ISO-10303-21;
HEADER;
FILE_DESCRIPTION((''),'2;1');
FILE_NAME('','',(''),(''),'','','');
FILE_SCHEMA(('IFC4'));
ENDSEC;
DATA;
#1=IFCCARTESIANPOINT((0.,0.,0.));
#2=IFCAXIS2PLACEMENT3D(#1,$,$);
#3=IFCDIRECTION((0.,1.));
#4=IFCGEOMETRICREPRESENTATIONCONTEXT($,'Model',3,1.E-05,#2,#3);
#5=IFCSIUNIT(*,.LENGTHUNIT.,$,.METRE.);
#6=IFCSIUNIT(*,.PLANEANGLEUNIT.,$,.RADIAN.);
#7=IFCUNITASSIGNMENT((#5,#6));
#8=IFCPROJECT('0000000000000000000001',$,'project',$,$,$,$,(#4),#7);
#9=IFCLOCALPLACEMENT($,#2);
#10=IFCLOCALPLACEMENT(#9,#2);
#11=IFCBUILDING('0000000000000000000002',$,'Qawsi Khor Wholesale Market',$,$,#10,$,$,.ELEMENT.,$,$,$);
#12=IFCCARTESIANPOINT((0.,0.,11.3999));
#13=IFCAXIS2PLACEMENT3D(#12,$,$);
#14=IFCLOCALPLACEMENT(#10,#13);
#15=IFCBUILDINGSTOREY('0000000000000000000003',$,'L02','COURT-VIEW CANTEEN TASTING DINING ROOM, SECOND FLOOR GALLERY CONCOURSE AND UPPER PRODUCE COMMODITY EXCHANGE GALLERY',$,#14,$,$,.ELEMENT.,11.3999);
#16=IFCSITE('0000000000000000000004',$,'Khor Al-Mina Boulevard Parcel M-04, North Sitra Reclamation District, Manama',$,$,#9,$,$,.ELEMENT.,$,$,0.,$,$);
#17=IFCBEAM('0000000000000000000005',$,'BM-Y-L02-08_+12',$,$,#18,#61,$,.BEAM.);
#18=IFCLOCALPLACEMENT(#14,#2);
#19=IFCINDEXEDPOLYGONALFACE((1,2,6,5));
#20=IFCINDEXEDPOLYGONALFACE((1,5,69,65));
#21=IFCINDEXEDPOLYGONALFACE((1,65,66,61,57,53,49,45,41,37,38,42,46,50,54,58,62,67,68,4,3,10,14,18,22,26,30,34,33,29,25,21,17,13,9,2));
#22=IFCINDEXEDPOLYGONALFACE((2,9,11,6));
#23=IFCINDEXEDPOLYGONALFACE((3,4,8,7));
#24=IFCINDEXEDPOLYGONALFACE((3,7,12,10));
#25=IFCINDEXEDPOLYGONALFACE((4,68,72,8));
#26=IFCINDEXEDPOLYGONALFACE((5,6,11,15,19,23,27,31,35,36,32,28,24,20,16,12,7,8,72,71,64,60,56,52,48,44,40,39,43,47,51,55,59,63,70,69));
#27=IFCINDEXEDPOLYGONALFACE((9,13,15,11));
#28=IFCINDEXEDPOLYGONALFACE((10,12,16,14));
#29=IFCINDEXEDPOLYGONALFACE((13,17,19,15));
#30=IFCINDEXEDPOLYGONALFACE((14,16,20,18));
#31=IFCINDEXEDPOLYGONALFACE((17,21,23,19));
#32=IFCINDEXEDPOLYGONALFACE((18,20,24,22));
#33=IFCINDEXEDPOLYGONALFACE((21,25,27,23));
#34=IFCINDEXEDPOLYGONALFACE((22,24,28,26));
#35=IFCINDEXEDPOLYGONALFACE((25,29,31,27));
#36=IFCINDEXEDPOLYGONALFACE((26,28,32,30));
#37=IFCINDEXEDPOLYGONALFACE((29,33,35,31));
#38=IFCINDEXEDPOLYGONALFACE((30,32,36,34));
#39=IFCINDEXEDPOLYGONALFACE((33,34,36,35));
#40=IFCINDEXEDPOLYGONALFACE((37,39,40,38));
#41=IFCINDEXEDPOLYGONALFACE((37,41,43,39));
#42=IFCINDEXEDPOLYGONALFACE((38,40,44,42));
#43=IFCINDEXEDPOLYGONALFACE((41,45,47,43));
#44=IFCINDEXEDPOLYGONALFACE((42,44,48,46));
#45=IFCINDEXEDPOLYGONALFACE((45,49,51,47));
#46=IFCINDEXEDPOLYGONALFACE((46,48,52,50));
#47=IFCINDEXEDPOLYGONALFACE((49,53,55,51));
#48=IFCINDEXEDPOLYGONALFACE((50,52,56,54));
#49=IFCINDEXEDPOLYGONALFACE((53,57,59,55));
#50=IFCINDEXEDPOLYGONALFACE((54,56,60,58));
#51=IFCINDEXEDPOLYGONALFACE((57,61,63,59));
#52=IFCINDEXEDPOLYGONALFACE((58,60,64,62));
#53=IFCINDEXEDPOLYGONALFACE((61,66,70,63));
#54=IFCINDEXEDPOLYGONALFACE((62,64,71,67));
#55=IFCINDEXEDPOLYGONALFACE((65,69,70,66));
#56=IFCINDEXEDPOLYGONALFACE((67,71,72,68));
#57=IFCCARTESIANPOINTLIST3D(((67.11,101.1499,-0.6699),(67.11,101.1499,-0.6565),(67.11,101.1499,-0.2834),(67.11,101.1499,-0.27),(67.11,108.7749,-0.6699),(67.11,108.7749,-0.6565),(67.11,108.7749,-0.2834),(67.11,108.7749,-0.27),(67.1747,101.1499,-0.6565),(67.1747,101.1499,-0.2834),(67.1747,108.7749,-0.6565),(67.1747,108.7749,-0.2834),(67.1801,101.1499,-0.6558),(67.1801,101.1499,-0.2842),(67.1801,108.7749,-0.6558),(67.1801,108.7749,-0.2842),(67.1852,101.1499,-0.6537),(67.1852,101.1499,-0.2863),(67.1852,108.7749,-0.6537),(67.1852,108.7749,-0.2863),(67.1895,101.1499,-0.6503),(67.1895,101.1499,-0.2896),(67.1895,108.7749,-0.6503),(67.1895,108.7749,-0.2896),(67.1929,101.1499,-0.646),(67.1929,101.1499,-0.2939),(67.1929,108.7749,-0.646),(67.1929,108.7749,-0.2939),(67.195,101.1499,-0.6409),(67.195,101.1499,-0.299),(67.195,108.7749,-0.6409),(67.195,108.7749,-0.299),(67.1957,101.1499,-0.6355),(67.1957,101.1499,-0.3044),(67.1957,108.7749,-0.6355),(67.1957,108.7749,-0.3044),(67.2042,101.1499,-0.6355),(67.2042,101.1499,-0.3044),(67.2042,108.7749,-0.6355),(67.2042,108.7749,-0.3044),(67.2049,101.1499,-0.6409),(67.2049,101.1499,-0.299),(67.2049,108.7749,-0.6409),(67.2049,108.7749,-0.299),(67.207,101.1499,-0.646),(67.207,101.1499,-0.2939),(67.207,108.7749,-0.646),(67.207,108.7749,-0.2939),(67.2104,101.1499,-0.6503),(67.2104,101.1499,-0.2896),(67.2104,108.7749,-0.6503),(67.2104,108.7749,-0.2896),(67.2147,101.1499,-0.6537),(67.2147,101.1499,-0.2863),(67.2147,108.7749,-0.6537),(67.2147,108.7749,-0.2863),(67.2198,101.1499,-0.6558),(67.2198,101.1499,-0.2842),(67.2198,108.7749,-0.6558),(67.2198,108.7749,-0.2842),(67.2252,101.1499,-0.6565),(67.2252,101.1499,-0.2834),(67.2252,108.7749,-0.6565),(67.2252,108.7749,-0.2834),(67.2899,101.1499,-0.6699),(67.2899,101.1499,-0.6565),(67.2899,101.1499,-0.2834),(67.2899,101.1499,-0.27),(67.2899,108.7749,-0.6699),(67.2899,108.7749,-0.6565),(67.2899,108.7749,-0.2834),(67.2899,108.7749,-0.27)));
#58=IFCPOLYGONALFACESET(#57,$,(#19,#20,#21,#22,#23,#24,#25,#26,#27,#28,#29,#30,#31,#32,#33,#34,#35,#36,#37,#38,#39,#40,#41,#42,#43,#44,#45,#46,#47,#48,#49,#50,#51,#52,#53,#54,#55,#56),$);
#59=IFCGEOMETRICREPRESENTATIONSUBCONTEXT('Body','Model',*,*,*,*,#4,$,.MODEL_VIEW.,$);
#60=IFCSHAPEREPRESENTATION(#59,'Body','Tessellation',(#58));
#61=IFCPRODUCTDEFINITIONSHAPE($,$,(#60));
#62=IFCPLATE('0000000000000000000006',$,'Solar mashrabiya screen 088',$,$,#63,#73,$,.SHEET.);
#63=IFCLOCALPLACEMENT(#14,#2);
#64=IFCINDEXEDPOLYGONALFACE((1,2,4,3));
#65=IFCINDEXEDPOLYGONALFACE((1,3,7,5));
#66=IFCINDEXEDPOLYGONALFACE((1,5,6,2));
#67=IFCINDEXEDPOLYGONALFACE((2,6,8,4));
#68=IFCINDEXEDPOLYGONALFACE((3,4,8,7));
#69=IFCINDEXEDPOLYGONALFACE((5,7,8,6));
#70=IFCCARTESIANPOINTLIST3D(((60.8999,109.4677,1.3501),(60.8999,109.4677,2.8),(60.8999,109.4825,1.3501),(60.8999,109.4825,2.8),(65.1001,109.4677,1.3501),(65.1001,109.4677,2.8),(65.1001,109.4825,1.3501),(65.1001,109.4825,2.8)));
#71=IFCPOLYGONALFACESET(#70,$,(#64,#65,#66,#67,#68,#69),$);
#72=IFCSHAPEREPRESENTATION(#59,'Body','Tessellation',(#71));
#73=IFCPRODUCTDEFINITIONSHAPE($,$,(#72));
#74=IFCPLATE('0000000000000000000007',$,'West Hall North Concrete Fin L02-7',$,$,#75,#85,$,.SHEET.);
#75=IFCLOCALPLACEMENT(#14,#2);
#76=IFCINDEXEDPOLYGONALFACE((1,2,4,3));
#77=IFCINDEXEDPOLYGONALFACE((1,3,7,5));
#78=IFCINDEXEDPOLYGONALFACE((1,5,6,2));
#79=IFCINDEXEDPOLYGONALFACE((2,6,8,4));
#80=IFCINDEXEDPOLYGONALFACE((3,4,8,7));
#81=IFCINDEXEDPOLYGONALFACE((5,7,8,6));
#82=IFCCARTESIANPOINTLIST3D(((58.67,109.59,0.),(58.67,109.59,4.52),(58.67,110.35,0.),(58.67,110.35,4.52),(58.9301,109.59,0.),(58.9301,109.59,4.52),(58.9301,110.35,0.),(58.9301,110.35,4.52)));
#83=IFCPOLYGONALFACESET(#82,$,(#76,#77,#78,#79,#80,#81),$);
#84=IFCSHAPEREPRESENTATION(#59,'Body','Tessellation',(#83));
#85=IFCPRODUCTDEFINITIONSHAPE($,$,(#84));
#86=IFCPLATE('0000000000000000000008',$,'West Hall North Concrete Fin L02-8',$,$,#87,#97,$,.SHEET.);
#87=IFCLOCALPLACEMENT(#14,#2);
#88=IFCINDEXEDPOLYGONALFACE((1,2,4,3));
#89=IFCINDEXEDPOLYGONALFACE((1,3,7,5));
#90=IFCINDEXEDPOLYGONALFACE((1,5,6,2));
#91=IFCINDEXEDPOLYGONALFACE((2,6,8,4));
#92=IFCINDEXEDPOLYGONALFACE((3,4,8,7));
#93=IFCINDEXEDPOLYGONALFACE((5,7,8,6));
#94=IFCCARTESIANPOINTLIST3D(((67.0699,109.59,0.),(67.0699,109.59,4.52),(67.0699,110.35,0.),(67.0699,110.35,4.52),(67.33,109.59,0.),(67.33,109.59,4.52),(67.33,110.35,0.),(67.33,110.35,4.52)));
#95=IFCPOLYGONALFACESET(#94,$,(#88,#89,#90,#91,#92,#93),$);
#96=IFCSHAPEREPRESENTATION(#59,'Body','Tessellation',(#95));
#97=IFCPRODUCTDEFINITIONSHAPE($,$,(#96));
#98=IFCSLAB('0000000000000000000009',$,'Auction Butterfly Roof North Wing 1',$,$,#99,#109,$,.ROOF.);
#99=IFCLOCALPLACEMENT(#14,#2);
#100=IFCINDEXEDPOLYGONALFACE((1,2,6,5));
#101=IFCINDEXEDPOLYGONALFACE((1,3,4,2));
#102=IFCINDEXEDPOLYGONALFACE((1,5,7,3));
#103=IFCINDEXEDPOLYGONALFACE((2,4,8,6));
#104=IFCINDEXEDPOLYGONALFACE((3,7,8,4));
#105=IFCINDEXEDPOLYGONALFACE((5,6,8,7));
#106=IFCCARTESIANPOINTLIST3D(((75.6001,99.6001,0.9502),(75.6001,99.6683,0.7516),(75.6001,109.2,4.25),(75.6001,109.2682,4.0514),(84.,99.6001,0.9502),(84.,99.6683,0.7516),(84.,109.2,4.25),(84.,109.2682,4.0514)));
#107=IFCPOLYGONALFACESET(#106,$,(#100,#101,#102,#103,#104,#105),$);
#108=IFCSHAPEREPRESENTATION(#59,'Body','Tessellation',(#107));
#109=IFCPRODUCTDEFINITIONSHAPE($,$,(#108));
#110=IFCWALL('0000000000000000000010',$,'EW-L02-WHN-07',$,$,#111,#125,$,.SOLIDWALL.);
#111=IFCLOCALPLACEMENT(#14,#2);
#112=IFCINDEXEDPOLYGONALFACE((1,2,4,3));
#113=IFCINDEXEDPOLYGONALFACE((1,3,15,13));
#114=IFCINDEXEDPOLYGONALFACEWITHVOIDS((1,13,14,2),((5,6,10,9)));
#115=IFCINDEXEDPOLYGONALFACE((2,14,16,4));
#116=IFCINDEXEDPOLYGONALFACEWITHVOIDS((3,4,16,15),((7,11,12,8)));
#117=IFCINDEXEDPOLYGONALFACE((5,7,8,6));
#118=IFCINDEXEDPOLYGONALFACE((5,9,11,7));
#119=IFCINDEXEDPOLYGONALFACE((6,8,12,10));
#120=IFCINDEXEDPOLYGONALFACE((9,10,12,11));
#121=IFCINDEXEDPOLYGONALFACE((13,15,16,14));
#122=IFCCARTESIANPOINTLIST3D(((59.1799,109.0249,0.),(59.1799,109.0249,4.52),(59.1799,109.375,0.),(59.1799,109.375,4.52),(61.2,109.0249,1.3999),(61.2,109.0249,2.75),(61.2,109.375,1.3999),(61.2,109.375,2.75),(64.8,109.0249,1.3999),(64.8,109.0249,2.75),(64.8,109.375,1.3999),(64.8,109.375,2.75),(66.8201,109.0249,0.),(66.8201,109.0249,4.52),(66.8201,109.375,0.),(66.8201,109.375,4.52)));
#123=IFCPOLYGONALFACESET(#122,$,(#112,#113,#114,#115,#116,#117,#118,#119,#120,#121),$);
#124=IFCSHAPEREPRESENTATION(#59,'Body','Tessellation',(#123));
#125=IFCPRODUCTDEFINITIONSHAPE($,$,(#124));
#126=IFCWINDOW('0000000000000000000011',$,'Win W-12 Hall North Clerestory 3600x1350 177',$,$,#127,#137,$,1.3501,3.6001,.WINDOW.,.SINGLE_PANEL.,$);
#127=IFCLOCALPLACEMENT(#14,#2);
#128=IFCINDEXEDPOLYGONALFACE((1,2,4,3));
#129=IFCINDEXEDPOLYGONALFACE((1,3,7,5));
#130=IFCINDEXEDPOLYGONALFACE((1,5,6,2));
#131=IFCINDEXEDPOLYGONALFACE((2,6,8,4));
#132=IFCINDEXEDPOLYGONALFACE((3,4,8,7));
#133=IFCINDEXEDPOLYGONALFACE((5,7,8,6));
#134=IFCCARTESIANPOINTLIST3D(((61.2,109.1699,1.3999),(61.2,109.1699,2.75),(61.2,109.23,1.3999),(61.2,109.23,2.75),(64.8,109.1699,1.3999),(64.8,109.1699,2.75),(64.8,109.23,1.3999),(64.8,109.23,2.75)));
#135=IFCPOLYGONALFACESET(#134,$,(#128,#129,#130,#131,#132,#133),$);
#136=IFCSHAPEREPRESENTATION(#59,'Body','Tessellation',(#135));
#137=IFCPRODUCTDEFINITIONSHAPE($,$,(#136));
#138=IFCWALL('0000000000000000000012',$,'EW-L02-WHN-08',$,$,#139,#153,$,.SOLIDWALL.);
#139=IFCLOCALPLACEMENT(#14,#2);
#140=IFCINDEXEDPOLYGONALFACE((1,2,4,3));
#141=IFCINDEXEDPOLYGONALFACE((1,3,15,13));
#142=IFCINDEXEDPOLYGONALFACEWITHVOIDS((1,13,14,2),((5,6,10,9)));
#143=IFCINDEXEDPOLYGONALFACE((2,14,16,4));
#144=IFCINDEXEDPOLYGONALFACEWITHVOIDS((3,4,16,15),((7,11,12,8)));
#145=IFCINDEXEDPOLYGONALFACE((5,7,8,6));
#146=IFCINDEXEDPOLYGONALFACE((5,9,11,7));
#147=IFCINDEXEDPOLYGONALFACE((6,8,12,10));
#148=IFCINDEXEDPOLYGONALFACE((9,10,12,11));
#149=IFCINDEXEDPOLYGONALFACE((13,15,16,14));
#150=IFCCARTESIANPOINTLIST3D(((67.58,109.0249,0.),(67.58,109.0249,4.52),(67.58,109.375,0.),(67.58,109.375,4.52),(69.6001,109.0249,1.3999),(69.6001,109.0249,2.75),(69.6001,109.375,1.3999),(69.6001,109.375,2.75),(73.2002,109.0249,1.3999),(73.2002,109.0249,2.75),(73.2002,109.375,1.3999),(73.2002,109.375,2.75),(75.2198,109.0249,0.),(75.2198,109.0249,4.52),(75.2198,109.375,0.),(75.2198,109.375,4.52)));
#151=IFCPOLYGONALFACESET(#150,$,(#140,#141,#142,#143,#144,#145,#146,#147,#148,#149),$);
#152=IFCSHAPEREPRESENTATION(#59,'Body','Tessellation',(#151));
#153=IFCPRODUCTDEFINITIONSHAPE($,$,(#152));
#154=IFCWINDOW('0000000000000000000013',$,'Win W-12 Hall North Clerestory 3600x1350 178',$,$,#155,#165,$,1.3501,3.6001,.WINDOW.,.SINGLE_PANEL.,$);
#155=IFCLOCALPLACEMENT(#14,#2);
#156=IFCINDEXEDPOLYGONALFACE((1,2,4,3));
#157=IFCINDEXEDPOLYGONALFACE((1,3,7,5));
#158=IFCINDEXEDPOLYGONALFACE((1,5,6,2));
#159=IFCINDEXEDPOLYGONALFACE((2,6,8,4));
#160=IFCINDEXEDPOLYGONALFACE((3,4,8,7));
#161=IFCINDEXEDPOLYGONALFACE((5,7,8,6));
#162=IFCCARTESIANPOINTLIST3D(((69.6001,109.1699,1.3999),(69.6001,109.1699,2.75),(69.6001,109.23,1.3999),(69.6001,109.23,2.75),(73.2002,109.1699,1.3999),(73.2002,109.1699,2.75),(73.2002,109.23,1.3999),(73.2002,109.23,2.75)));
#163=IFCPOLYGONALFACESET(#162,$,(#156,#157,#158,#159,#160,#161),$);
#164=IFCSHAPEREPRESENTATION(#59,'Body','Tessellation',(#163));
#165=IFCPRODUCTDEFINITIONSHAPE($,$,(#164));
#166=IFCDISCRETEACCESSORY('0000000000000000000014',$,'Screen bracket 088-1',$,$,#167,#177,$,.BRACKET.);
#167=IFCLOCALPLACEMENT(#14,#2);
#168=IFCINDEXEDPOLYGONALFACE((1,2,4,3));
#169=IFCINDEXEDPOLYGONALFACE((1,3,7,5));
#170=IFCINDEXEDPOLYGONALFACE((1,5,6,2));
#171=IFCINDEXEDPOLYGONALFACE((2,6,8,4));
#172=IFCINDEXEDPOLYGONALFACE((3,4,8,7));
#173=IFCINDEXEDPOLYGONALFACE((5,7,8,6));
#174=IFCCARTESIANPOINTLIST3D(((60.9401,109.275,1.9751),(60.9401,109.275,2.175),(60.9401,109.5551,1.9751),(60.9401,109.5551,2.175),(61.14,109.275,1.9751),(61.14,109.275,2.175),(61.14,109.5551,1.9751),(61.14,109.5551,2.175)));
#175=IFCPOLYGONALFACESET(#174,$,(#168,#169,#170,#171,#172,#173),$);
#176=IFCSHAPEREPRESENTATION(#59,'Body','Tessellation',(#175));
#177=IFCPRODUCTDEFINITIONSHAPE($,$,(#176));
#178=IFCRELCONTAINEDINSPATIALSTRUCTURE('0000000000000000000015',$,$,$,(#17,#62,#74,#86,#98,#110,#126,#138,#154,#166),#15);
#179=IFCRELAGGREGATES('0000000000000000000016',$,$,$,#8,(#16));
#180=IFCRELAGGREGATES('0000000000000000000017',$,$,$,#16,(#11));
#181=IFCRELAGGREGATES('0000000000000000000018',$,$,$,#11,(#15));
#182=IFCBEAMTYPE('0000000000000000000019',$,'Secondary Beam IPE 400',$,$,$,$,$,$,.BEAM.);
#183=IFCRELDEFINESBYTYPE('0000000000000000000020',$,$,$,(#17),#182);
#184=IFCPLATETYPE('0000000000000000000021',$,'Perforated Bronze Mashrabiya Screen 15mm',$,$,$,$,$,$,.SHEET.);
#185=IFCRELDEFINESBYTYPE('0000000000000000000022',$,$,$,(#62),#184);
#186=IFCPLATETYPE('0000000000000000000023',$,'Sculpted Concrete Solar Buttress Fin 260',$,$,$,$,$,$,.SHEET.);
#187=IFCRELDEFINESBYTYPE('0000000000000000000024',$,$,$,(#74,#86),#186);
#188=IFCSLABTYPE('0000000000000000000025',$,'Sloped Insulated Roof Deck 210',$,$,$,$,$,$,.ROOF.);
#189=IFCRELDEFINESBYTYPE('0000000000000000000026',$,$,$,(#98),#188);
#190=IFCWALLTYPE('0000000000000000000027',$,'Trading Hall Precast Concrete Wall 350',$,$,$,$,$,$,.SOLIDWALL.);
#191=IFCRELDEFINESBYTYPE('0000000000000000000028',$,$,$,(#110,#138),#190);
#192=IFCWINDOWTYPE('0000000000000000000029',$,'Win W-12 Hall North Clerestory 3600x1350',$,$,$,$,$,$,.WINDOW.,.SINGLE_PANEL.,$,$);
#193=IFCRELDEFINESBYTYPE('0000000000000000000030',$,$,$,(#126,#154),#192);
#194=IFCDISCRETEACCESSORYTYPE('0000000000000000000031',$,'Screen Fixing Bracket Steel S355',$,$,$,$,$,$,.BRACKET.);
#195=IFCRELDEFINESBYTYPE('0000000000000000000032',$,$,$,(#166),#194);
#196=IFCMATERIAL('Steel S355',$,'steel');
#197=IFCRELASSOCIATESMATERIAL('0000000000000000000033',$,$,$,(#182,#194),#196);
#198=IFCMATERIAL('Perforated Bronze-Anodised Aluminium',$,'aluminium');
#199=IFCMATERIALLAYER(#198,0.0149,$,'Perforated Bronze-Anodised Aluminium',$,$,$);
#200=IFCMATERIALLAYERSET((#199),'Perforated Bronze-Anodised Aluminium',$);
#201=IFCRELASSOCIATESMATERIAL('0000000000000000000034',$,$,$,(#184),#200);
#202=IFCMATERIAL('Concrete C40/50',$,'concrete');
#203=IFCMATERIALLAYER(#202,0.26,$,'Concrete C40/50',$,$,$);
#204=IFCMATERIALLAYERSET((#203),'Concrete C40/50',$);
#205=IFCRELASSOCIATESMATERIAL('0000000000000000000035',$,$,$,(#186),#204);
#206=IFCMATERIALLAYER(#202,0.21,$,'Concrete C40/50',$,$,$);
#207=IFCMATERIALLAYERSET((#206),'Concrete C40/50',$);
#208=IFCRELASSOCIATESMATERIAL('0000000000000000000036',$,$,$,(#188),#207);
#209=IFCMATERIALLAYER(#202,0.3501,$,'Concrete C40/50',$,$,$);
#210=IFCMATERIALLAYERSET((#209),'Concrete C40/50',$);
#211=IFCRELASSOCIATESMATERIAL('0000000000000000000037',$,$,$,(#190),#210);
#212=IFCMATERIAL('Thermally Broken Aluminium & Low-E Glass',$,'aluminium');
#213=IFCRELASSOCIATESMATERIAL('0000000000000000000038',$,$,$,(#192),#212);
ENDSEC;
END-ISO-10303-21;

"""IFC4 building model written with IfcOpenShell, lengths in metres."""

from ifc_helpers import new_model, si_unit, direction, frame, frame_2d, origin, origin_2d, place, context, subcontext, project, spatial, polyline, rectangle, i_section, outline, extrude, material, layer, layer_set, material_profile, profile_set, type_object, element, fill, save


model = new_model("IFC4")

# Units and contexts
model_context = context("Model", 3, precision=1e-05, world=origin(), true_north=direction((0.0, 1.0)))
body_context = subcontext(model_context, "Body", "Model", "MODEL_VIEW")
ifc_project = project(units=[si_unit("LENGTHUNIT", "METRE"), si_unit("PLANEANGLEUNIT", "RADIAN")], contexts=[model_context])

# Site, building, storey
site_placement = place(None, origin())
site = spatial("IfcSite", under=ifc_project, at=site_placement, Name="Khor Al-Mina Boulevard Parcel M-04, North Sitra Reclamation District, Manama", CompositionType="ELEMENT", RefElevation=0.0)
building_placement = place(site_placement, origin())
building = spatial("IfcBuilding", under=site, at=building_placement, Name="Qawsi Khor Wholesale Market", CompositionType="ELEMENT")
storey_placement = place(building_placement, frame((0.0, 0.0, 11.3999)))
storey = spatial("IfcBuildingStorey", under=building, at=storey_placement, Name="L02", Description="COURT-VIEW CANTEEN TASTING DINING ROOM, SECOND FLOOR GALLERY CONCOURSE AND UPPER PRODUCE COMMODITY EXCHANGE GALLERY", CompositionType="ELEMENT", Elevation=11.3999)

# Shared definitions
ifc_material_1 = material(Name="Concrete C40/50", Category="concrete")

# Shared definitions
ifc_material_2 = material(Name="Steel S355", Category="steel")

# Beam
ifc_material_profile_1 = material_profile(ifc_material_2, i_section(OverallWidth=0.1799, OverallDepth=0.3999, WebThickness=0.0085, FlangeThickness=0.0134, FilletRadius=0.021, at=origin_2d()), Name="IPE 400")
ifc_profile_set_1 = profile_set([ifc_material_profile_1], Name="Steel S355")
beam_type_1 = type_object("IfcBeamType", Name="Secondary Beam IPE 400", PredefinedType="BEAM", material=ifc_profile_set_1)
beam_1_placement = place(storey_placement, frame((67.2, 101.1499, -0.47), z_axis=(0.0, 1.0, 0.0), x_axis=(-1.0, 0.0, 0.0)))
element("IfcBeam", 1, at=beam_1_placement, inside=storey, type_object=beam_type_1, Name="BM-Y-L02-08_+12", PredefinedType="BEAM", context=body_context, shape_type="SweptSolid", body=[
    extrude(i_section(OverallWidth=0.1799, OverallDepth=0.3999, WebThickness=0.0085, FlangeThickness=0.0134, FilletRadius=0.021, at=origin_2d()), origin(), (0.0, 0.0, 1.0), 7.625),
])

# Plates
ifc_material_3 = material(Name="Perforated Bronze-Anodised Aluminium", Category="aluminium")
ifc_layer_1 = layer(ifc_material_3, 0.0149, Name="Perforated Bronze-Anodised Aluminium")
ifc_layer_set_1 = layer_set([ifc_layer_1], Name="Perforated Bronze-Anodised Aluminium")
plate_type_1 = type_object("IfcPlateType", Name="Perforated Bronze Mashrabiya Screen 15mm", PredefinedType="SHEET", material=ifc_layer_set_1)
plate_placement = place(storey_placement, frame((60.8999, 109.4751, 1.3501), z_axis=(0.0, 0.0, 1.0), x_axis=(1.0, 0.0, 0.0)))
element("IfcPlate", 2, at=plate_placement, inside=storey, type_object=plate_type_1, Name="Solar mashrabiya screen 088", PredefinedType="SHEET", context=body_context, shape_type="SweptSolid", body=[
    extrude(rectangle(XDim=4.2002, YDim=0.0149, at=frame_2d((2.1001, 0.0))), origin(), (0.0, 0.0, 1.0), 1.45),
])
ifc_layer_2 = layer(ifc_material_1, 0.26, Name="Concrete C40/50")
ifc_layer_set_2 = layer_set([ifc_layer_2], Name="Concrete C40/50")
plate_type_2 = type_object("IfcPlateType", Name="Sculpted Concrete Solar Buttress Fin 260", PredefinedType="SHEET", material=ifc_layer_set_2)
for number, where, z_axis, x_axis, name in (
    (3, (58.8, 109.5901, 0.0), (0.0, 0.0, 1.0), (0.0, 1.0, 0.0), "West Hall North Concrete Fin L02-7"),
    (4, (67.2, 109.5901, 0.0), (0.0, 0.0, 1.0), (0.0, 1.0, 0.0), "West Hall North Concrete Fin L02-8"),
):
    element("IfcPlate", number, at=place(storey_placement, frame(where, z_axis=z_axis, x_axis=x_axis)), inside=storey, type_object=plate_type_2, Name=name, PredefinedType="SHEET", context=body_context, shape_type="SweptSolid", body=[
        extrude(rectangle(XDim=0.76, YDim=0.26, at=frame_2d((0.3799, 0.0))), origin(), (0.0, 0.0, 1.0), 4.52),
    ])

# Slab
ifc_layer_3 = layer(ifc_material_1, 0.21, Name="Concrete C40/50")
ifc_layer_set_3 = layer_set([ifc_layer_3], Name="Concrete C40/50")
slab_type = type_object("IfcSlabType", Name="Sloped Insulated Roof Deck 210", PredefinedType="ROOF", material=ifc_layer_set_3)
slab_placement = place(storey_placement, frame((75.6001, 99.6001, 0.9502), z_axis=(0.0, -0.325067, 0.945691), x_axis=(1.0, 0.0, 0.0)))
element("IfcSlab", 5, at=slab_placement, inside=storey, type_object=slab_type, Name="Auction Butterfly Roof North Wing 1", PredefinedType="ROOF", context=body_context, shape_type="SweptSolid", body=[
    extrude(outline(polyline([(0.0, 0.0), (8.3999, 0.0), (8.3999, 10.1512), (0.0, 10.1512), (0.0, 0.0)])), origin(), (0.0, 0.0, -1.0), 0.21),
])

# Walls, openings, windows
ifc_layer_4 = layer(ifc_material_1, 0.3501, Name="Concrete C40/50")
ifc_layer_set_4 = layer_set([ifc_layer_4], Name="Concrete C40/50")
wall_type = type_object("IfcWallType", Name="Trading Hall Precast Concrete Wall 350", PredefinedType="SOLIDWALL", material=ifc_layer_set_4)
wall_1_placement = place(storey_placement, frame((59.1799, 109.2, 0.0), z_axis=(0.0, 0.0, 1.0), x_axis=(1.0, 0.0, 0.0)))
wall_1 = element("IfcWall", 6, at=wall_1_placement, inside=storey, type_object=wall_type, Name="EW-L02-WHN-07", PredefinedType="SOLIDWALL", context=body_context, shape_type="SweptSolid", body=[
    extrude(rectangle(XDim=7.6401, YDim=0.3501, at=frame_2d((3.8201, 0.0))), origin(), (0.0, 0.0, 1.0), 4.52),
])
opening_1_placement = place(wall_1_placement, frame((2.02, 0.0, 1.3999)))
opening_1 = element("IfcOpeningElement", 7, at=opening_1_placement, cuts=wall_1, PredefinedType="OPENING", context=body_context, shape_type="SweptSolid", body=[
    extrude(rectangle(XDim=3.6001, YDim=1.3501, at=frame_2d((1.8, 0.675))), frame((0.0, 0.1851, 0.0), z_axis=(0.0, -1.0, 0.0), x_axis=(1.0, 0.0, 0.0)), (0.0, 0.0, 1.0), 0.3701),
])
ifc_material_4 = material(Name="Thermally Broken Aluminium & Low-E Glass", Category="aluminium")
window_type = type_object("IfcWindowType", Name="Win W-12 Hall North Clerestory 3600x1350", PartitioningType="SINGLE_PANEL", PredefinedType="WINDOW", material=ifc_material_4)
window_1_placement = place(opening_1_placement, origin())
window_1 = element("IfcWindow", 8, at=window_1_placement, inside=storey, type_object=window_type, Name="Win W-12 Hall North Clerestory 3600x1350 177", OverallHeight=1.3501, OverallWidth=3.6001, PartitioningType="SINGLE_PANEL", PredefinedType="WINDOW", context=body_context, shape_type="SweptSolid", body=[
    extrude(rectangle(XDim=3.6001, YDim=1.3501, at=frame_2d((1.8, 0.675))), frame((0.0, 0.03, 0.0), z_axis=(0.0, -1.0, 0.0), x_axis=(1.0, 0.0, 0.0)), (0.0, 0.0, 1.0), 0.0601),
])
fill(opening_1, window_1)
wall_2_placement = place(storey_placement, frame((67.5801, 109.2, 0.0), z_axis=(0.0, 0.0, 1.0), x_axis=(1.0, 0.0, 0.0)))
wall_2 = element("IfcWall", 9, at=wall_2_placement, inside=storey, type_object=wall_type, Name="EW-L02-WHN-08", PredefinedType="SOLIDWALL", context=body_context, shape_type="SweptSolid", body=[
    extrude(rectangle(XDim=7.6399, YDim=0.3501, at=frame_2d((3.8198, 0.0))), origin(), (0.0, 0.0, 1.0), 4.52),
])
opening_2_placement = place(wall_2_placement, frame((2.02, 0.0, 1.3999)))
opening_2 = element("IfcOpeningElement", 10, at=opening_2_placement, cuts=wall_2, PredefinedType="OPENING", context=body_context, shape_type="SweptSolid", body=[
    extrude(rectangle(XDim=3.6001, YDim=1.3501, at=frame_2d((1.8, 0.675))), frame((0.0, 0.1851, 0.0), z_axis=(0.0, -1.0, 0.0), x_axis=(1.0, 0.0, 0.0)), (0.0, 0.0, 1.0), 0.3701),
])
window_2_placement = place(opening_2_placement, origin())
window_2 = element("IfcWindow", 11, at=window_2_placement, inside=storey, type_object=window_type, Name="Win W-12 Hall North Clerestory 3600x1350 178", OverallHeight=1.3501, OverallWidth=3.6001, PartitioningType="SINGLE_PANEL", PredefinedType="WINDOW", context=body_context, shape_type="SweptSolid", body=[
    extrude(rectangle(XDim=3.6001, YDim=1.3501, at=frame_2d((1.8, 0.675))), frame((0.0, 0.03, 0.0), z_axis=(0.0, -1.0, 0.0), x_axis=(1.0, 0.0, 0.0)), (0.0, 0.0, 1.0), 0.0601),
])
fill(opening_2, window_2)

# Discrete accessory
discrete_accessory_type = type_object("IfcDiscreteAccessoryType", Name="Screen Fixing Bracket Steel S355", PredefinedType="BRACKET", material=ifc_material_2)
for number, where, z_axis, x_axis, name in (
    (12, (61.04, 109.415, 1.9751), (0.0, 0.0, 1.0), (1.0, 0.0, 0.0), "Screen bracket 088-1"),
):
    element("IfcDiscreteAccessory", number, at=place(storey_placement, frame(where, z_axis=z_axis, x_axis=x_axis)), inside=storey, type_object=discrete_accessory_type, Name=name, PredefinedType="BRACKET", context=body_context, shape_type="SweptSolid", body=[
        extrude(rectangle(XDim=0.2, YDim=0.28, at=origin_2d()), origin(), (0.0, 0.0, 1.0), 0.2),
    ])

save(model, "model.ifc")
